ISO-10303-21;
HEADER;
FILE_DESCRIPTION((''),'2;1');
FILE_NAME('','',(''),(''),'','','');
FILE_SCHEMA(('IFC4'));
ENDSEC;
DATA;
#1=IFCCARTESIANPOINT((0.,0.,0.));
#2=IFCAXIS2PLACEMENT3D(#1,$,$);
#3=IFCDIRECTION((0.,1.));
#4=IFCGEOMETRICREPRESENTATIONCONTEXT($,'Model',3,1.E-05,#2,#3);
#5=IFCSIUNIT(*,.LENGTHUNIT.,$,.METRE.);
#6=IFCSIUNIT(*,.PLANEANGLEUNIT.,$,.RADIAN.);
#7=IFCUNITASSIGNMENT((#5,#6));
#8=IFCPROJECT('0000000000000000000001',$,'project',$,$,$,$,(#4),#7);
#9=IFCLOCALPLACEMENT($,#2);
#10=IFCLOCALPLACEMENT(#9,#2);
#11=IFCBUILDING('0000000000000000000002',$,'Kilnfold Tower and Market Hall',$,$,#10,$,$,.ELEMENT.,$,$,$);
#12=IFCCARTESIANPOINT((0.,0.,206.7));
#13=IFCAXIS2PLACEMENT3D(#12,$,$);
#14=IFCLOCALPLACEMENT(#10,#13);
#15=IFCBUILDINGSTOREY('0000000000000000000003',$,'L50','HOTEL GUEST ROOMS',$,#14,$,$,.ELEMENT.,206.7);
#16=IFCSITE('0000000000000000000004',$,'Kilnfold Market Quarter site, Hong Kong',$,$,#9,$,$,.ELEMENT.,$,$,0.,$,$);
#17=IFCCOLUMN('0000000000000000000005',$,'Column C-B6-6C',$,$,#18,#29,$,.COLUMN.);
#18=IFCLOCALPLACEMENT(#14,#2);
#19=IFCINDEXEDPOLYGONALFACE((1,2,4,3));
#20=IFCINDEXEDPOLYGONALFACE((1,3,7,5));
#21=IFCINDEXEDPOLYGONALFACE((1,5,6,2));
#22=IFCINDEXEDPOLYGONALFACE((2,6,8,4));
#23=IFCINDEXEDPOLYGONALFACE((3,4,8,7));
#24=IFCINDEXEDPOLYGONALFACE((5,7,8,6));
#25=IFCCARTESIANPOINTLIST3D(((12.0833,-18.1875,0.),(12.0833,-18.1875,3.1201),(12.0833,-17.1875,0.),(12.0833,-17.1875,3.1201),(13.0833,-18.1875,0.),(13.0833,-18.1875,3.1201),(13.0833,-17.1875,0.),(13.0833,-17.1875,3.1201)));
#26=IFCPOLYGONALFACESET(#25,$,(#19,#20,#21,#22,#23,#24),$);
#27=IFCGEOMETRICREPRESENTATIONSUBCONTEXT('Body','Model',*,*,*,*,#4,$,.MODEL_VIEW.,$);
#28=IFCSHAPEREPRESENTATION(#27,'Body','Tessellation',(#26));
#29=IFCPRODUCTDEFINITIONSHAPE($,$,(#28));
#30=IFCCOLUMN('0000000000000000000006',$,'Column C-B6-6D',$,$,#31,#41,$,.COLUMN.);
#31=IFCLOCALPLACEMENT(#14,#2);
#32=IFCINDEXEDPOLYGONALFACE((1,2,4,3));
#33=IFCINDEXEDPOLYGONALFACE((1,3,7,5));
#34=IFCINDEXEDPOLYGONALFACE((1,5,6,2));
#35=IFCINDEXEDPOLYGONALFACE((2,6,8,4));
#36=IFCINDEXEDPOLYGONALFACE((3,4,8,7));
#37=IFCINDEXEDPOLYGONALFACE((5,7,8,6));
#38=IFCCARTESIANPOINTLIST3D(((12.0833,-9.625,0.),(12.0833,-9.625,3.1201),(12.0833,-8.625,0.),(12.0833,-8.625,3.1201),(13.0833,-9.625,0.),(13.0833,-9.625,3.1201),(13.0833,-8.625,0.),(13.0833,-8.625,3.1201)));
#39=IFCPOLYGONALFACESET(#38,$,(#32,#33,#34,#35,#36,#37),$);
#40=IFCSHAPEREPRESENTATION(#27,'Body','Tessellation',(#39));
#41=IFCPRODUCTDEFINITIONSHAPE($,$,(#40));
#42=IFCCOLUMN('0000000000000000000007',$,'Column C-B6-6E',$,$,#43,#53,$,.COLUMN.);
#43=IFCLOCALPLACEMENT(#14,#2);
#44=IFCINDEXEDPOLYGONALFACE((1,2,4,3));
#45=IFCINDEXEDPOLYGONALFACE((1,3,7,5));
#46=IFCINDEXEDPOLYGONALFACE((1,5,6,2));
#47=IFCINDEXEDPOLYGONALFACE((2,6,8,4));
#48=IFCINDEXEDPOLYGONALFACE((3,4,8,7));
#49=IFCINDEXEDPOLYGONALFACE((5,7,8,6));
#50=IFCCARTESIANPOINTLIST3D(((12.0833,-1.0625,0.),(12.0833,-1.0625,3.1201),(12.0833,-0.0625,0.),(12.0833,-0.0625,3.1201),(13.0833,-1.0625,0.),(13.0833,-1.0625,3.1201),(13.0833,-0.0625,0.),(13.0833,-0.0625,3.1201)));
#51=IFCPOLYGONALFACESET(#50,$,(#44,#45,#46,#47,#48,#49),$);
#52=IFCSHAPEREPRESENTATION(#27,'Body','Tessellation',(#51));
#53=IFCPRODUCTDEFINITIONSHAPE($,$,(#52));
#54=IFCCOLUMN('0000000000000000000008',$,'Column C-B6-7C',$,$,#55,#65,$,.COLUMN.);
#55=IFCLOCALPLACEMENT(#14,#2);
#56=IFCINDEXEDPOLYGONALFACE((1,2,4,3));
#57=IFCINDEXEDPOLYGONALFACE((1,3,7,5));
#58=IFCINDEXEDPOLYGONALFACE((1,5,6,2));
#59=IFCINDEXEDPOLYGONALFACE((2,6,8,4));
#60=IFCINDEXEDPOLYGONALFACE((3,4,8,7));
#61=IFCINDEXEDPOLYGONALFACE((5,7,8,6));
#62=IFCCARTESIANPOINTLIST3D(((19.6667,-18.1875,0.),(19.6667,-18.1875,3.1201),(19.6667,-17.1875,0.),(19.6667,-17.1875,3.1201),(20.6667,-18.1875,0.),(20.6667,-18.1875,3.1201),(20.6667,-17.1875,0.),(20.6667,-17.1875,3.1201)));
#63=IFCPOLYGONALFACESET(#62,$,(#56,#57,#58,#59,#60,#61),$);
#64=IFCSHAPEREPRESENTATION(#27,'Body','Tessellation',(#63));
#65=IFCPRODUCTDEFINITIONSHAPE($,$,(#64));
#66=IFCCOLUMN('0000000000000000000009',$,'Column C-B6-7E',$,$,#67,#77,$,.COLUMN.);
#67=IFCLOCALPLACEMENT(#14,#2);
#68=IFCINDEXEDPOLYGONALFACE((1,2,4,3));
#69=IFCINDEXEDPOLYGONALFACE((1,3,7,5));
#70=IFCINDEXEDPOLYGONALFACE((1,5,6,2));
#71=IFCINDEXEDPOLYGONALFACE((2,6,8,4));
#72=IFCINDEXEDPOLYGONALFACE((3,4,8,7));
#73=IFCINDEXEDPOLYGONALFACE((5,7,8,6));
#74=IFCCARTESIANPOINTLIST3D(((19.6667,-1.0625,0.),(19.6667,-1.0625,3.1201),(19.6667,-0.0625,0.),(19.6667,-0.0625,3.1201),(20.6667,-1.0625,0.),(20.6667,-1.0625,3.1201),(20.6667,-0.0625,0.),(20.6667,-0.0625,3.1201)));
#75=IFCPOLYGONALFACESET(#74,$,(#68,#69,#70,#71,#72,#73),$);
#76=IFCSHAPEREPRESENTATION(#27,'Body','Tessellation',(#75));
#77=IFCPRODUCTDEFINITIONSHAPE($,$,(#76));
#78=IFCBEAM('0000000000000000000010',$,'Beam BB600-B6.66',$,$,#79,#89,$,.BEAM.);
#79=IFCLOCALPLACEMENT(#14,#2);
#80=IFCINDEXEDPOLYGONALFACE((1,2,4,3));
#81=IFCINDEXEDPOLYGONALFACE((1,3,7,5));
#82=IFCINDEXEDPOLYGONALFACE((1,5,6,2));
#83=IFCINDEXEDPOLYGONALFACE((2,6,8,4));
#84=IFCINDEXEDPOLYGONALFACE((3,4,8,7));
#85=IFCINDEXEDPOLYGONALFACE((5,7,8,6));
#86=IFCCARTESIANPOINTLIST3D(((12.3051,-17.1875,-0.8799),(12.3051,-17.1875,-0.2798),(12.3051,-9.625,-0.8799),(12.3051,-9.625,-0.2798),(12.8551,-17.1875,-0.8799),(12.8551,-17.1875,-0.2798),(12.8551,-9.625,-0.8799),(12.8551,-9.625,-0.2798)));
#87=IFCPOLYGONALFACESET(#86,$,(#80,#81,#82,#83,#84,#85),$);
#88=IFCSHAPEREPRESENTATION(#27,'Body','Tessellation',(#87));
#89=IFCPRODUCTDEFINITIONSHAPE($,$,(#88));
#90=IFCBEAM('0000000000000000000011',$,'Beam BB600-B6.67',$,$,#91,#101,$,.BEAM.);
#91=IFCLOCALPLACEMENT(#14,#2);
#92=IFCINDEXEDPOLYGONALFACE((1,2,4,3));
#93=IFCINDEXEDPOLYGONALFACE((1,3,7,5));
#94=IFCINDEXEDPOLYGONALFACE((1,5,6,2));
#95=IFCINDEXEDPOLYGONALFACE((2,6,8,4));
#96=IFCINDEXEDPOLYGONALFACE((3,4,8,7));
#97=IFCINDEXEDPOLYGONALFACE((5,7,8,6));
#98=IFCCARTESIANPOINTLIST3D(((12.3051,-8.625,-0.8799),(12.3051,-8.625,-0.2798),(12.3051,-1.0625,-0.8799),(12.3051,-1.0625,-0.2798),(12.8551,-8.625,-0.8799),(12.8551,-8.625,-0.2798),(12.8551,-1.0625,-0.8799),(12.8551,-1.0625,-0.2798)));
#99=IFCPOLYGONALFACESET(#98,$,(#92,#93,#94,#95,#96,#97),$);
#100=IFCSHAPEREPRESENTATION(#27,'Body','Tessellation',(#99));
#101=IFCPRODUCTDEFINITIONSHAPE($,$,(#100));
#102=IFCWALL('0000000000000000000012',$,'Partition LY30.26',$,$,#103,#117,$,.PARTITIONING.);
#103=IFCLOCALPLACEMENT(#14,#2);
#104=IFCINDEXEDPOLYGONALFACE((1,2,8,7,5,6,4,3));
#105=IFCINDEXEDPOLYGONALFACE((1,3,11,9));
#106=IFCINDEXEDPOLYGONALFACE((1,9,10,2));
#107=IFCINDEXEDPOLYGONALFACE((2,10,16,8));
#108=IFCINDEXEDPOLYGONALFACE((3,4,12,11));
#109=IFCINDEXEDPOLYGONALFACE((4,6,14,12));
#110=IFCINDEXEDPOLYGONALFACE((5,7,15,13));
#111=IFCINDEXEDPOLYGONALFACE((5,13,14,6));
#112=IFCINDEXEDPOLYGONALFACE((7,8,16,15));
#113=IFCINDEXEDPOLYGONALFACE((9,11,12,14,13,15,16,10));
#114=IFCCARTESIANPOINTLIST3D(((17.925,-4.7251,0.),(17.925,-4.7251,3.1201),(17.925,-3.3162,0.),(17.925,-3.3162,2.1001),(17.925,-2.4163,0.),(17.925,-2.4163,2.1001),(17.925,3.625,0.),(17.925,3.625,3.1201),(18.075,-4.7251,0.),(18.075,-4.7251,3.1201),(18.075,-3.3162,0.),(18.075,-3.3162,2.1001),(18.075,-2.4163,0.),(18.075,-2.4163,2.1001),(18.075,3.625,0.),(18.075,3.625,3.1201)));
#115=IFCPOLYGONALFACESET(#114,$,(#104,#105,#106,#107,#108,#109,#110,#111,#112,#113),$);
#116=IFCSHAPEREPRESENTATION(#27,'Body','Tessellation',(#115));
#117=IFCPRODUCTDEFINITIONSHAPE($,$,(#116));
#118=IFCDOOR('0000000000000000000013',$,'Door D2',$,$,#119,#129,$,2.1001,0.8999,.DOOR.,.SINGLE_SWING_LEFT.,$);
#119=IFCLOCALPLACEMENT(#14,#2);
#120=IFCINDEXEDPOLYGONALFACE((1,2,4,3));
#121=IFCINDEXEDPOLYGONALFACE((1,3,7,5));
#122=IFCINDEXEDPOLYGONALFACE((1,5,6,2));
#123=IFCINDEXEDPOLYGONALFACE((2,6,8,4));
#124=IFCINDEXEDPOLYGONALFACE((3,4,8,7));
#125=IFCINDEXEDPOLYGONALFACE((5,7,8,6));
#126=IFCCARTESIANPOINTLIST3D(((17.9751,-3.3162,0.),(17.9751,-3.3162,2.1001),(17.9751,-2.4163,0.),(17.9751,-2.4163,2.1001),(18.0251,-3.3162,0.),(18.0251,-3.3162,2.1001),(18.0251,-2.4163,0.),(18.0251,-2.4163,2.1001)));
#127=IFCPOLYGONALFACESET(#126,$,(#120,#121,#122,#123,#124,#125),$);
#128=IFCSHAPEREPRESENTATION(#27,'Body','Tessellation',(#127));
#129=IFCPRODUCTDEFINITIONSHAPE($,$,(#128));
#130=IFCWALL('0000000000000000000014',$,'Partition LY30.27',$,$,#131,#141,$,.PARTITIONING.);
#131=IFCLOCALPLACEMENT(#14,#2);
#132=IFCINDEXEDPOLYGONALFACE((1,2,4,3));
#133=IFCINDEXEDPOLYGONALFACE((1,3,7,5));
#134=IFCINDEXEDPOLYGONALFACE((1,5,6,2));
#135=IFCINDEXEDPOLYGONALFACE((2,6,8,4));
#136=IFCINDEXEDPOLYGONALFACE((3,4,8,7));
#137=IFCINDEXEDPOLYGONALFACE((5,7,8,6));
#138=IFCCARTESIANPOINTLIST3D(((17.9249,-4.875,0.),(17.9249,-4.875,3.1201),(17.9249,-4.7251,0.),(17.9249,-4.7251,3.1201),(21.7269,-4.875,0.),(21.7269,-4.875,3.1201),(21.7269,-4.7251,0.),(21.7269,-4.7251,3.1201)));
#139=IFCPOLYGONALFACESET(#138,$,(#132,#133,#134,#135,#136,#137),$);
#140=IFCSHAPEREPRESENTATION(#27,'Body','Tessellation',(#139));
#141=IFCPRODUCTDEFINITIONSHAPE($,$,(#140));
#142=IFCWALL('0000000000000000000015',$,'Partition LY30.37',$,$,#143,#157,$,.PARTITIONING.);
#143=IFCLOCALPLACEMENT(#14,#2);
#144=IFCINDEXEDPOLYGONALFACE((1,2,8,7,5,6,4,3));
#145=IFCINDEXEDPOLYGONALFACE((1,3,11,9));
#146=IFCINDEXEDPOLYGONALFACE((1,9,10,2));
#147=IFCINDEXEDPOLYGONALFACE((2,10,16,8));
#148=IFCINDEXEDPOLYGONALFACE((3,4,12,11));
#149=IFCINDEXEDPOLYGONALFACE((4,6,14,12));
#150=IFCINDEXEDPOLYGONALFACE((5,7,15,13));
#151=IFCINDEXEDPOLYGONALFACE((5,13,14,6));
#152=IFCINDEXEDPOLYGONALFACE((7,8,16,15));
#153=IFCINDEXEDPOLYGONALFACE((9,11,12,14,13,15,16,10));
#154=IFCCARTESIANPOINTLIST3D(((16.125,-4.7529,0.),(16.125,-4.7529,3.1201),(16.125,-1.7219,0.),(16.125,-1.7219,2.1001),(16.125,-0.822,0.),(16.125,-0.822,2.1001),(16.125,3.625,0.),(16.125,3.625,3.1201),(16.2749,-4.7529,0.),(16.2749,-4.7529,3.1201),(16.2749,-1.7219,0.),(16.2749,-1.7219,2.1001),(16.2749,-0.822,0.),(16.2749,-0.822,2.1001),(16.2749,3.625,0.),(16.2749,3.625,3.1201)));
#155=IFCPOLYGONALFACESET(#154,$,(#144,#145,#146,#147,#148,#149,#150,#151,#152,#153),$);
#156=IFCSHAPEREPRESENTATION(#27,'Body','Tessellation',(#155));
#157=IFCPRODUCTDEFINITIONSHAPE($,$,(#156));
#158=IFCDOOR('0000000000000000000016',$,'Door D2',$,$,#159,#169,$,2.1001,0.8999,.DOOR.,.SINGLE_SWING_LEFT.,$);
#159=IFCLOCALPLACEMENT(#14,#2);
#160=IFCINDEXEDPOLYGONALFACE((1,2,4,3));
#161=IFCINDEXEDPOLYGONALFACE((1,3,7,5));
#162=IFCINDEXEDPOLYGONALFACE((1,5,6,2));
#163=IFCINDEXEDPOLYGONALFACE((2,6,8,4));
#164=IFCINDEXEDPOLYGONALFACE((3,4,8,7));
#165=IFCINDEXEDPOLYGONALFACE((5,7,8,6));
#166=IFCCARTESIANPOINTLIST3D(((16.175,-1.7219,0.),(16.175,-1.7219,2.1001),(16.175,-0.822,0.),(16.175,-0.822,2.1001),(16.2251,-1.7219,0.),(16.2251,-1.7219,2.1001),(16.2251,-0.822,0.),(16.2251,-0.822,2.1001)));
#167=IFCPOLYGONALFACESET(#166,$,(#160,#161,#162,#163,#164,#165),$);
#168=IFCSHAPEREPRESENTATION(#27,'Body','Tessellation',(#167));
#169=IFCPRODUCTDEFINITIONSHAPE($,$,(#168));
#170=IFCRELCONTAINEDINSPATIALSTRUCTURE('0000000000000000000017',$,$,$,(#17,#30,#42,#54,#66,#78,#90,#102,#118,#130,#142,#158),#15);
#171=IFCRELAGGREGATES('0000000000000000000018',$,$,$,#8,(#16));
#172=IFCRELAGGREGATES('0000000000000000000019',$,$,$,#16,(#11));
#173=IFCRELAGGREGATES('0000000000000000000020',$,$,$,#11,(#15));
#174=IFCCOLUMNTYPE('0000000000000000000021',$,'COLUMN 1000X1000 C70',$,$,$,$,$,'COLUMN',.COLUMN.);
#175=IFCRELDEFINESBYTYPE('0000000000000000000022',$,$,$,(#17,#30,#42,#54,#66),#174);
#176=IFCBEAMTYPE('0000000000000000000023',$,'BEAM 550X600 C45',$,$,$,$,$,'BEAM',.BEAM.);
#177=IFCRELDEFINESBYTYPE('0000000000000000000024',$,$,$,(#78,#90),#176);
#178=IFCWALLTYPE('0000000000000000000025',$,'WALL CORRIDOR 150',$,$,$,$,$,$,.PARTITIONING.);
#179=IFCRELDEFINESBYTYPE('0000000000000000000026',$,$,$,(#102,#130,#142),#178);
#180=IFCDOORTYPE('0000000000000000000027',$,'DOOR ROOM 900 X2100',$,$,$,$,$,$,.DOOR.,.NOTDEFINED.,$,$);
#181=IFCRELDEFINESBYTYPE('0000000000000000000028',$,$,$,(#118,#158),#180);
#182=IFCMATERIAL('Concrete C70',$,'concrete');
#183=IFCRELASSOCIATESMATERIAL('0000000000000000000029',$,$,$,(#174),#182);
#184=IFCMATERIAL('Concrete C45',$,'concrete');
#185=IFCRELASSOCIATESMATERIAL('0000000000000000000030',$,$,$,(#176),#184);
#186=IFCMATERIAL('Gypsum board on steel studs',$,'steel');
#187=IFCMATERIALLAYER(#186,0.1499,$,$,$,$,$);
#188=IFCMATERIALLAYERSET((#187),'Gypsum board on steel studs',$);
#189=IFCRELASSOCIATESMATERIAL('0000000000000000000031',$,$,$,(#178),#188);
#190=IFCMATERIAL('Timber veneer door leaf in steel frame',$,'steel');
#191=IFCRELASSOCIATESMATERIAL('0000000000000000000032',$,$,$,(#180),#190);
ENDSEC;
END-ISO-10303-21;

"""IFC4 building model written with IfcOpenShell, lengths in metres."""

from ifc_helpers import new_model, si_unit, direction, frame, frame_2d, origin, origin_2d, place, context, subcontext, project, spatial, rectangle, extrude, source, transform, mapped, material, layer, layer_set, material_profile, profile_set, type_object, element, fill, save


model = new_model("IFC4")

# Units and contexts
model_context = context("Model", 3, precision=1e-05, world=origin(), true_north=direction((0.0, 1.0)))
body_context = subcontext(model_context, "Body", "Model", "MODEL_VIEW")
ifc_project = project(units=[si_unit("LENGTHUNIT", "METRE"), si_unit("PLANEANGLEUNIT", "RADIAN")], contexts=[model_context])

# Site, building, storey
site_placement = place(None, origin())
site = spatial("IfcSite", under=ifc_project, at=site_placement, Name="Kilnfold Market Quarter site, Hong Kong", CompositionType="ELEMENT", RefElevation=0.0)
building_placement = place(site_placement, origin())
building = spatial("IfcBuilding", under=site, at=building_placement, Name="Kilnfold Tower and Market Hall", CompositionType="ELEMENT")
storey_placement = place(building_placement, frame((0.0, 0.0, 206.7)))
storey = spatial("IfcBuildingStorey", under=building, at=storey_placement, Name="L50", Description="HOTEL GUEST ROOMS", CompositionType="ELEMENT", Elevation=206.7)

# Columns
ifc_material_1 = material(Name="Concrete C70", Category="concrete")
ifc_material_profile_1 = material_profile(ifc_material_1, rectangle(XDim=1.0, YDim=1.0, at=origin_2d()), Name="RC 1000x1000")
ifc_profile_set_1 = profile_set([ifc_material_profile_1], Name="Concrete C70")
column_type = type_object("IfcColumnType", Name="COLUMN 1000X1000 C70", ElementType="COLUMN", PredefinedType="COLUMN", material=ifc_profile_set_1)
shared_shape_1 = source(origin(), body_context, "Body", "SweptSolid", [
    extrude(rectangle(XDim=1.0, YDim=1.0, at=origin_2d()), origin(), (0.0, 0.0, 1.0), 3.1201),
])
for number, where, z_axis, x_axis, name in (
    (1, (12.5833, -17.6875, 0.0), (0.0, 0.0, 1.0), (1.0, 0.0, 0.0), "Column C-B6-6C"),
    (2, (12.5833, -9.125, 0.0), (0.0, 0.0, 1.0), (1.0, 0.0, 0.0), "Column C-B6-6D"),
    (3, (12.5833, -0.5625, 0.0), (0.0, 0.0, 1.0), (1.0, 0.0, 0.0), "Column C-B6-6E"),
    (4, (20.1667, -17.6875, 0.0), (0.0, 0.0, 1.0), (1.0, 0.0, 0.0), "Column C-B6-7C"),
    (5, (20.1667, -0.5625, 0.0), (0.0, 0.0, 1.0), (1.0, 0.0, 0.0), "Column C-B6-7E"),
):
    element("IfcColumn", number, at=place(storey_placement, frame(where, z_axis=z_axis, x_axis=x_axis)), inside=storey, type_object=column_type, Name=name, PredefinedType="COLUMN", context=body_context, shape_type="MappedRepresentation", body=[
        mapped(shared_shape_1, transform((0.0, 0.0, 0.0))),
    ])

# Beams
ifc_material_2 = material(Name="Concrete C45", Category="concrete")
ifc_material_profile_2 = material_profile(ifc_material_2, rectangle(XDim=0.55, YDim=0.6001, at=origin_2d()), Name="RC 550x600")
ifc_profile_set_2 = profile_set([ifc_material_profile_2], Name="Concrete C45")
beam_type = type_object("IfcBeamType", Name="BEAM 550X600 C45", ElementType="BEAM", PredefinedType="BEAM", material=ifc_profile_set_2)
shared_shape_2 = source(origin(), body_context, "Body", "SweptSolid", [
    extrude(rectangle(XDim=0.55, YDim=0.6001, at=origin_2d()), origin(), (0.0, 0.0, 1.0), 7.5625),
])
for number, where, z_axis, x_axis, name in (
    (6, (12.5801, -17.1875, -0.5798), (0.0, 1.0, 0.0), (-1.0, 0.0, 0.0), "Beam BB600-B6.66"),
    (7, (12.5801, -8.625, -0.5798), (0.0, 1.0, 0.0), (-1.0, 0.0, 0.0), "Beam BB600-B6.67"),
):
    element("IfcBeam", number, at=place(storey_placement, frame(where, z_axis=z_axis, x_axis=x_axis)), inside=storey, type_object=beam_type, Name=name, PredefinedType="BEAM", context=body_context, shape_type="MappedRepresentation", body=[
        mapped(shared_shape_2, transform((0.0, 0.0, 0.0))),
    ])

# Wall, opening, door
ifc_material_3 = material(Name="Gypsum board on steel studs", Category="steel")
ifc_layer_1 = layer(ifc_material_3, 0.1499)
ifc_layer_set_1 = layer_set([ifc_layer_1], Name="Gypsum board on steel studs")
wall_type_1 = type_object("IfcWallType", Name="WALL CORRIDOR 150", PredefinedType="PARTITIONING", material=ifc_layer_set_1)
wall_1_placement = place(storey_placement, frame((18.0, -4.7251, 0.0), z_axis=(0.0, 0.0, 1.0), x_axis=(0.0, 1.0, 0.0)))
wall_1 = element("IfcWall", 8, at=wall_1_placement, inside=storey, type_object=wall_type_1, Name="Partition LY30.26", PredefinedType="PARTITIONING", context=body_context, shape_type="SweptSolid", body=[
    extrude(rectangle(XDim=8.3501, YDim=0.1499, at=frame_2d((4.175, 0.0))), origin(), (0.0, 0.0, 1.0), 3.1201),
])
opening_1_placement = place(wall_1_placement, frame((1.4089, 0.0, 0.0)))
opening_1 = element("IfcOpeningElement", 9, at=opening_1_placement, cuts=wall_1, PredefinedType="OPENING", context=body_context, shape_type="SweptSolid", body=[
    extrude(rectangle(XDim=0.8999, YDim=2.1001, at=frame_2d((0.45, 1.05))), frame((0.0, 0.085, 0.0), z_axis=(0.0, -1.0, 0.0), x_axis=(1.0, 0.0, 0.0)), (0.0, 0.0, 1.0), 0.1699),
])
ifc_material_4 = material(Name="Timber veneer door leaf in steel frame", Category="steel")
door_type_1 = type_object("IfcDoorType", Name="DOOR ROOM 900 X2100", OperationType="NOTDEFINED", PredefinedType="DOOR", material=ifc_material_4)
door_1_placement = place(opening_1_placement, origin())
door_1 = element("IfcDoor", 10, at=door_1_placement, inside=storey, type_object=door_type_1, Name="Door D2", OperationType="SINGLE_SWING_LEFT", OverallHeight=2.1001, OverallWidth=0.8999, PredefinedType="DOOR", context=body_context, shape_type="SweptSolid", body=[
    extrude(rectangle(XDim=0.8999, YDim=2.1001, at=frame_2d((0.45, 1.05))), frame((0.0, 0.0249, 0.0), z_axis=(0.0, -1.0, 0.0), x_axis=(1.0, 0.0, 0.0)), (0.0, 0.0, 1.0), 0.05),
])
fill(opening_1, door_1)

# Wall
wall_2_placement = place(storey_placement, frame((17.925, -4.8, 0.0), z_axis=(0.0, 0.0, 1.0), x_axis=(1.0, 0.0, 0.0)))
element("IfcWall", 11, at=wall_2_placement, inside=storey, type_object=wall_type_1, Name="Partition LY30.27", PredefinedType="PARTITIONING", context=body_context, shape_type="SweptSolid", body=[
    extrude(rectangle(XDim=3.802, YDim=0.1499, at=frame_2d((1.9009, 0.0))), origin(), (0.0, 0.0, 1.0), 3.1201),
])

# Wall, opening, door
wall_3_placement = place(storey_placement, frame((16.2, -4.7529, 0.0), z_axis=(0.0, 0.0, 1.0), x_axis=(0.0, 1.0, 0.0)))
wall_3 = element("IfcWall", 12, at=wall_3_placement, inside=storey, type_object=wall_type_1, Name="Partition LY30.37", PredefinedType="PARTITIONING", context=body_context, shape_type="SweptSolid", body=[
    extrude(rectangle(XDim=8.3779, YDim=0.1499, at=frame_2d((4.189, 0.0))), origin(), (0.0, 0.0, 1.0), 3.1201),
])
opening_2_placement = place(wall_3_placement, frame((3.031, 0.0, 0.0)))
opening_2 = element("IfcOpeningElement", 13, at=opening_2_placement, cuts=wall_3, PredefinedType="OPENING", context=body_context, shape_type="SweptSolid", body=[
    extrude(rectangle(XDim=0.8999, YDim=2.1001, at=frame_2d((0.45, 1.05))), frame((0.0, 0.085, 0.0), z_axis=(0.0, -1.0, 0.0), x_axis=(1.0, 0.0, 0.0)), (0.0, 0.0, 1.0), 0.1699),
])
door_2_placement = place(opening_2_placement, origin())
door_2 = element("IfcDoor", 14, at=door_2_placement, inside=storey, type_object=door_type_1, Name="Door D2", OperationType="SINGLE_SWING_LEFT", OverallHeight=2.1001, OverallWidth=0.8999, PredefinedType="DOOR", context=body_context, shape_type="SweptSolid", body=[
    extrude(rectangle(XDim=0.8999, YDim=2.1001, at=frame_2d((0.45, 1.05))), frame((0.0, 0.0249, 0.0), z_axis=(0.0, -1.0, 0.0), x_axis=(1.0, 0.0, 0.0)), (0.0, 0.0, 1.0), 0.05),
])
fill(opening_2, door_2)

save(model, "model.ifc")
